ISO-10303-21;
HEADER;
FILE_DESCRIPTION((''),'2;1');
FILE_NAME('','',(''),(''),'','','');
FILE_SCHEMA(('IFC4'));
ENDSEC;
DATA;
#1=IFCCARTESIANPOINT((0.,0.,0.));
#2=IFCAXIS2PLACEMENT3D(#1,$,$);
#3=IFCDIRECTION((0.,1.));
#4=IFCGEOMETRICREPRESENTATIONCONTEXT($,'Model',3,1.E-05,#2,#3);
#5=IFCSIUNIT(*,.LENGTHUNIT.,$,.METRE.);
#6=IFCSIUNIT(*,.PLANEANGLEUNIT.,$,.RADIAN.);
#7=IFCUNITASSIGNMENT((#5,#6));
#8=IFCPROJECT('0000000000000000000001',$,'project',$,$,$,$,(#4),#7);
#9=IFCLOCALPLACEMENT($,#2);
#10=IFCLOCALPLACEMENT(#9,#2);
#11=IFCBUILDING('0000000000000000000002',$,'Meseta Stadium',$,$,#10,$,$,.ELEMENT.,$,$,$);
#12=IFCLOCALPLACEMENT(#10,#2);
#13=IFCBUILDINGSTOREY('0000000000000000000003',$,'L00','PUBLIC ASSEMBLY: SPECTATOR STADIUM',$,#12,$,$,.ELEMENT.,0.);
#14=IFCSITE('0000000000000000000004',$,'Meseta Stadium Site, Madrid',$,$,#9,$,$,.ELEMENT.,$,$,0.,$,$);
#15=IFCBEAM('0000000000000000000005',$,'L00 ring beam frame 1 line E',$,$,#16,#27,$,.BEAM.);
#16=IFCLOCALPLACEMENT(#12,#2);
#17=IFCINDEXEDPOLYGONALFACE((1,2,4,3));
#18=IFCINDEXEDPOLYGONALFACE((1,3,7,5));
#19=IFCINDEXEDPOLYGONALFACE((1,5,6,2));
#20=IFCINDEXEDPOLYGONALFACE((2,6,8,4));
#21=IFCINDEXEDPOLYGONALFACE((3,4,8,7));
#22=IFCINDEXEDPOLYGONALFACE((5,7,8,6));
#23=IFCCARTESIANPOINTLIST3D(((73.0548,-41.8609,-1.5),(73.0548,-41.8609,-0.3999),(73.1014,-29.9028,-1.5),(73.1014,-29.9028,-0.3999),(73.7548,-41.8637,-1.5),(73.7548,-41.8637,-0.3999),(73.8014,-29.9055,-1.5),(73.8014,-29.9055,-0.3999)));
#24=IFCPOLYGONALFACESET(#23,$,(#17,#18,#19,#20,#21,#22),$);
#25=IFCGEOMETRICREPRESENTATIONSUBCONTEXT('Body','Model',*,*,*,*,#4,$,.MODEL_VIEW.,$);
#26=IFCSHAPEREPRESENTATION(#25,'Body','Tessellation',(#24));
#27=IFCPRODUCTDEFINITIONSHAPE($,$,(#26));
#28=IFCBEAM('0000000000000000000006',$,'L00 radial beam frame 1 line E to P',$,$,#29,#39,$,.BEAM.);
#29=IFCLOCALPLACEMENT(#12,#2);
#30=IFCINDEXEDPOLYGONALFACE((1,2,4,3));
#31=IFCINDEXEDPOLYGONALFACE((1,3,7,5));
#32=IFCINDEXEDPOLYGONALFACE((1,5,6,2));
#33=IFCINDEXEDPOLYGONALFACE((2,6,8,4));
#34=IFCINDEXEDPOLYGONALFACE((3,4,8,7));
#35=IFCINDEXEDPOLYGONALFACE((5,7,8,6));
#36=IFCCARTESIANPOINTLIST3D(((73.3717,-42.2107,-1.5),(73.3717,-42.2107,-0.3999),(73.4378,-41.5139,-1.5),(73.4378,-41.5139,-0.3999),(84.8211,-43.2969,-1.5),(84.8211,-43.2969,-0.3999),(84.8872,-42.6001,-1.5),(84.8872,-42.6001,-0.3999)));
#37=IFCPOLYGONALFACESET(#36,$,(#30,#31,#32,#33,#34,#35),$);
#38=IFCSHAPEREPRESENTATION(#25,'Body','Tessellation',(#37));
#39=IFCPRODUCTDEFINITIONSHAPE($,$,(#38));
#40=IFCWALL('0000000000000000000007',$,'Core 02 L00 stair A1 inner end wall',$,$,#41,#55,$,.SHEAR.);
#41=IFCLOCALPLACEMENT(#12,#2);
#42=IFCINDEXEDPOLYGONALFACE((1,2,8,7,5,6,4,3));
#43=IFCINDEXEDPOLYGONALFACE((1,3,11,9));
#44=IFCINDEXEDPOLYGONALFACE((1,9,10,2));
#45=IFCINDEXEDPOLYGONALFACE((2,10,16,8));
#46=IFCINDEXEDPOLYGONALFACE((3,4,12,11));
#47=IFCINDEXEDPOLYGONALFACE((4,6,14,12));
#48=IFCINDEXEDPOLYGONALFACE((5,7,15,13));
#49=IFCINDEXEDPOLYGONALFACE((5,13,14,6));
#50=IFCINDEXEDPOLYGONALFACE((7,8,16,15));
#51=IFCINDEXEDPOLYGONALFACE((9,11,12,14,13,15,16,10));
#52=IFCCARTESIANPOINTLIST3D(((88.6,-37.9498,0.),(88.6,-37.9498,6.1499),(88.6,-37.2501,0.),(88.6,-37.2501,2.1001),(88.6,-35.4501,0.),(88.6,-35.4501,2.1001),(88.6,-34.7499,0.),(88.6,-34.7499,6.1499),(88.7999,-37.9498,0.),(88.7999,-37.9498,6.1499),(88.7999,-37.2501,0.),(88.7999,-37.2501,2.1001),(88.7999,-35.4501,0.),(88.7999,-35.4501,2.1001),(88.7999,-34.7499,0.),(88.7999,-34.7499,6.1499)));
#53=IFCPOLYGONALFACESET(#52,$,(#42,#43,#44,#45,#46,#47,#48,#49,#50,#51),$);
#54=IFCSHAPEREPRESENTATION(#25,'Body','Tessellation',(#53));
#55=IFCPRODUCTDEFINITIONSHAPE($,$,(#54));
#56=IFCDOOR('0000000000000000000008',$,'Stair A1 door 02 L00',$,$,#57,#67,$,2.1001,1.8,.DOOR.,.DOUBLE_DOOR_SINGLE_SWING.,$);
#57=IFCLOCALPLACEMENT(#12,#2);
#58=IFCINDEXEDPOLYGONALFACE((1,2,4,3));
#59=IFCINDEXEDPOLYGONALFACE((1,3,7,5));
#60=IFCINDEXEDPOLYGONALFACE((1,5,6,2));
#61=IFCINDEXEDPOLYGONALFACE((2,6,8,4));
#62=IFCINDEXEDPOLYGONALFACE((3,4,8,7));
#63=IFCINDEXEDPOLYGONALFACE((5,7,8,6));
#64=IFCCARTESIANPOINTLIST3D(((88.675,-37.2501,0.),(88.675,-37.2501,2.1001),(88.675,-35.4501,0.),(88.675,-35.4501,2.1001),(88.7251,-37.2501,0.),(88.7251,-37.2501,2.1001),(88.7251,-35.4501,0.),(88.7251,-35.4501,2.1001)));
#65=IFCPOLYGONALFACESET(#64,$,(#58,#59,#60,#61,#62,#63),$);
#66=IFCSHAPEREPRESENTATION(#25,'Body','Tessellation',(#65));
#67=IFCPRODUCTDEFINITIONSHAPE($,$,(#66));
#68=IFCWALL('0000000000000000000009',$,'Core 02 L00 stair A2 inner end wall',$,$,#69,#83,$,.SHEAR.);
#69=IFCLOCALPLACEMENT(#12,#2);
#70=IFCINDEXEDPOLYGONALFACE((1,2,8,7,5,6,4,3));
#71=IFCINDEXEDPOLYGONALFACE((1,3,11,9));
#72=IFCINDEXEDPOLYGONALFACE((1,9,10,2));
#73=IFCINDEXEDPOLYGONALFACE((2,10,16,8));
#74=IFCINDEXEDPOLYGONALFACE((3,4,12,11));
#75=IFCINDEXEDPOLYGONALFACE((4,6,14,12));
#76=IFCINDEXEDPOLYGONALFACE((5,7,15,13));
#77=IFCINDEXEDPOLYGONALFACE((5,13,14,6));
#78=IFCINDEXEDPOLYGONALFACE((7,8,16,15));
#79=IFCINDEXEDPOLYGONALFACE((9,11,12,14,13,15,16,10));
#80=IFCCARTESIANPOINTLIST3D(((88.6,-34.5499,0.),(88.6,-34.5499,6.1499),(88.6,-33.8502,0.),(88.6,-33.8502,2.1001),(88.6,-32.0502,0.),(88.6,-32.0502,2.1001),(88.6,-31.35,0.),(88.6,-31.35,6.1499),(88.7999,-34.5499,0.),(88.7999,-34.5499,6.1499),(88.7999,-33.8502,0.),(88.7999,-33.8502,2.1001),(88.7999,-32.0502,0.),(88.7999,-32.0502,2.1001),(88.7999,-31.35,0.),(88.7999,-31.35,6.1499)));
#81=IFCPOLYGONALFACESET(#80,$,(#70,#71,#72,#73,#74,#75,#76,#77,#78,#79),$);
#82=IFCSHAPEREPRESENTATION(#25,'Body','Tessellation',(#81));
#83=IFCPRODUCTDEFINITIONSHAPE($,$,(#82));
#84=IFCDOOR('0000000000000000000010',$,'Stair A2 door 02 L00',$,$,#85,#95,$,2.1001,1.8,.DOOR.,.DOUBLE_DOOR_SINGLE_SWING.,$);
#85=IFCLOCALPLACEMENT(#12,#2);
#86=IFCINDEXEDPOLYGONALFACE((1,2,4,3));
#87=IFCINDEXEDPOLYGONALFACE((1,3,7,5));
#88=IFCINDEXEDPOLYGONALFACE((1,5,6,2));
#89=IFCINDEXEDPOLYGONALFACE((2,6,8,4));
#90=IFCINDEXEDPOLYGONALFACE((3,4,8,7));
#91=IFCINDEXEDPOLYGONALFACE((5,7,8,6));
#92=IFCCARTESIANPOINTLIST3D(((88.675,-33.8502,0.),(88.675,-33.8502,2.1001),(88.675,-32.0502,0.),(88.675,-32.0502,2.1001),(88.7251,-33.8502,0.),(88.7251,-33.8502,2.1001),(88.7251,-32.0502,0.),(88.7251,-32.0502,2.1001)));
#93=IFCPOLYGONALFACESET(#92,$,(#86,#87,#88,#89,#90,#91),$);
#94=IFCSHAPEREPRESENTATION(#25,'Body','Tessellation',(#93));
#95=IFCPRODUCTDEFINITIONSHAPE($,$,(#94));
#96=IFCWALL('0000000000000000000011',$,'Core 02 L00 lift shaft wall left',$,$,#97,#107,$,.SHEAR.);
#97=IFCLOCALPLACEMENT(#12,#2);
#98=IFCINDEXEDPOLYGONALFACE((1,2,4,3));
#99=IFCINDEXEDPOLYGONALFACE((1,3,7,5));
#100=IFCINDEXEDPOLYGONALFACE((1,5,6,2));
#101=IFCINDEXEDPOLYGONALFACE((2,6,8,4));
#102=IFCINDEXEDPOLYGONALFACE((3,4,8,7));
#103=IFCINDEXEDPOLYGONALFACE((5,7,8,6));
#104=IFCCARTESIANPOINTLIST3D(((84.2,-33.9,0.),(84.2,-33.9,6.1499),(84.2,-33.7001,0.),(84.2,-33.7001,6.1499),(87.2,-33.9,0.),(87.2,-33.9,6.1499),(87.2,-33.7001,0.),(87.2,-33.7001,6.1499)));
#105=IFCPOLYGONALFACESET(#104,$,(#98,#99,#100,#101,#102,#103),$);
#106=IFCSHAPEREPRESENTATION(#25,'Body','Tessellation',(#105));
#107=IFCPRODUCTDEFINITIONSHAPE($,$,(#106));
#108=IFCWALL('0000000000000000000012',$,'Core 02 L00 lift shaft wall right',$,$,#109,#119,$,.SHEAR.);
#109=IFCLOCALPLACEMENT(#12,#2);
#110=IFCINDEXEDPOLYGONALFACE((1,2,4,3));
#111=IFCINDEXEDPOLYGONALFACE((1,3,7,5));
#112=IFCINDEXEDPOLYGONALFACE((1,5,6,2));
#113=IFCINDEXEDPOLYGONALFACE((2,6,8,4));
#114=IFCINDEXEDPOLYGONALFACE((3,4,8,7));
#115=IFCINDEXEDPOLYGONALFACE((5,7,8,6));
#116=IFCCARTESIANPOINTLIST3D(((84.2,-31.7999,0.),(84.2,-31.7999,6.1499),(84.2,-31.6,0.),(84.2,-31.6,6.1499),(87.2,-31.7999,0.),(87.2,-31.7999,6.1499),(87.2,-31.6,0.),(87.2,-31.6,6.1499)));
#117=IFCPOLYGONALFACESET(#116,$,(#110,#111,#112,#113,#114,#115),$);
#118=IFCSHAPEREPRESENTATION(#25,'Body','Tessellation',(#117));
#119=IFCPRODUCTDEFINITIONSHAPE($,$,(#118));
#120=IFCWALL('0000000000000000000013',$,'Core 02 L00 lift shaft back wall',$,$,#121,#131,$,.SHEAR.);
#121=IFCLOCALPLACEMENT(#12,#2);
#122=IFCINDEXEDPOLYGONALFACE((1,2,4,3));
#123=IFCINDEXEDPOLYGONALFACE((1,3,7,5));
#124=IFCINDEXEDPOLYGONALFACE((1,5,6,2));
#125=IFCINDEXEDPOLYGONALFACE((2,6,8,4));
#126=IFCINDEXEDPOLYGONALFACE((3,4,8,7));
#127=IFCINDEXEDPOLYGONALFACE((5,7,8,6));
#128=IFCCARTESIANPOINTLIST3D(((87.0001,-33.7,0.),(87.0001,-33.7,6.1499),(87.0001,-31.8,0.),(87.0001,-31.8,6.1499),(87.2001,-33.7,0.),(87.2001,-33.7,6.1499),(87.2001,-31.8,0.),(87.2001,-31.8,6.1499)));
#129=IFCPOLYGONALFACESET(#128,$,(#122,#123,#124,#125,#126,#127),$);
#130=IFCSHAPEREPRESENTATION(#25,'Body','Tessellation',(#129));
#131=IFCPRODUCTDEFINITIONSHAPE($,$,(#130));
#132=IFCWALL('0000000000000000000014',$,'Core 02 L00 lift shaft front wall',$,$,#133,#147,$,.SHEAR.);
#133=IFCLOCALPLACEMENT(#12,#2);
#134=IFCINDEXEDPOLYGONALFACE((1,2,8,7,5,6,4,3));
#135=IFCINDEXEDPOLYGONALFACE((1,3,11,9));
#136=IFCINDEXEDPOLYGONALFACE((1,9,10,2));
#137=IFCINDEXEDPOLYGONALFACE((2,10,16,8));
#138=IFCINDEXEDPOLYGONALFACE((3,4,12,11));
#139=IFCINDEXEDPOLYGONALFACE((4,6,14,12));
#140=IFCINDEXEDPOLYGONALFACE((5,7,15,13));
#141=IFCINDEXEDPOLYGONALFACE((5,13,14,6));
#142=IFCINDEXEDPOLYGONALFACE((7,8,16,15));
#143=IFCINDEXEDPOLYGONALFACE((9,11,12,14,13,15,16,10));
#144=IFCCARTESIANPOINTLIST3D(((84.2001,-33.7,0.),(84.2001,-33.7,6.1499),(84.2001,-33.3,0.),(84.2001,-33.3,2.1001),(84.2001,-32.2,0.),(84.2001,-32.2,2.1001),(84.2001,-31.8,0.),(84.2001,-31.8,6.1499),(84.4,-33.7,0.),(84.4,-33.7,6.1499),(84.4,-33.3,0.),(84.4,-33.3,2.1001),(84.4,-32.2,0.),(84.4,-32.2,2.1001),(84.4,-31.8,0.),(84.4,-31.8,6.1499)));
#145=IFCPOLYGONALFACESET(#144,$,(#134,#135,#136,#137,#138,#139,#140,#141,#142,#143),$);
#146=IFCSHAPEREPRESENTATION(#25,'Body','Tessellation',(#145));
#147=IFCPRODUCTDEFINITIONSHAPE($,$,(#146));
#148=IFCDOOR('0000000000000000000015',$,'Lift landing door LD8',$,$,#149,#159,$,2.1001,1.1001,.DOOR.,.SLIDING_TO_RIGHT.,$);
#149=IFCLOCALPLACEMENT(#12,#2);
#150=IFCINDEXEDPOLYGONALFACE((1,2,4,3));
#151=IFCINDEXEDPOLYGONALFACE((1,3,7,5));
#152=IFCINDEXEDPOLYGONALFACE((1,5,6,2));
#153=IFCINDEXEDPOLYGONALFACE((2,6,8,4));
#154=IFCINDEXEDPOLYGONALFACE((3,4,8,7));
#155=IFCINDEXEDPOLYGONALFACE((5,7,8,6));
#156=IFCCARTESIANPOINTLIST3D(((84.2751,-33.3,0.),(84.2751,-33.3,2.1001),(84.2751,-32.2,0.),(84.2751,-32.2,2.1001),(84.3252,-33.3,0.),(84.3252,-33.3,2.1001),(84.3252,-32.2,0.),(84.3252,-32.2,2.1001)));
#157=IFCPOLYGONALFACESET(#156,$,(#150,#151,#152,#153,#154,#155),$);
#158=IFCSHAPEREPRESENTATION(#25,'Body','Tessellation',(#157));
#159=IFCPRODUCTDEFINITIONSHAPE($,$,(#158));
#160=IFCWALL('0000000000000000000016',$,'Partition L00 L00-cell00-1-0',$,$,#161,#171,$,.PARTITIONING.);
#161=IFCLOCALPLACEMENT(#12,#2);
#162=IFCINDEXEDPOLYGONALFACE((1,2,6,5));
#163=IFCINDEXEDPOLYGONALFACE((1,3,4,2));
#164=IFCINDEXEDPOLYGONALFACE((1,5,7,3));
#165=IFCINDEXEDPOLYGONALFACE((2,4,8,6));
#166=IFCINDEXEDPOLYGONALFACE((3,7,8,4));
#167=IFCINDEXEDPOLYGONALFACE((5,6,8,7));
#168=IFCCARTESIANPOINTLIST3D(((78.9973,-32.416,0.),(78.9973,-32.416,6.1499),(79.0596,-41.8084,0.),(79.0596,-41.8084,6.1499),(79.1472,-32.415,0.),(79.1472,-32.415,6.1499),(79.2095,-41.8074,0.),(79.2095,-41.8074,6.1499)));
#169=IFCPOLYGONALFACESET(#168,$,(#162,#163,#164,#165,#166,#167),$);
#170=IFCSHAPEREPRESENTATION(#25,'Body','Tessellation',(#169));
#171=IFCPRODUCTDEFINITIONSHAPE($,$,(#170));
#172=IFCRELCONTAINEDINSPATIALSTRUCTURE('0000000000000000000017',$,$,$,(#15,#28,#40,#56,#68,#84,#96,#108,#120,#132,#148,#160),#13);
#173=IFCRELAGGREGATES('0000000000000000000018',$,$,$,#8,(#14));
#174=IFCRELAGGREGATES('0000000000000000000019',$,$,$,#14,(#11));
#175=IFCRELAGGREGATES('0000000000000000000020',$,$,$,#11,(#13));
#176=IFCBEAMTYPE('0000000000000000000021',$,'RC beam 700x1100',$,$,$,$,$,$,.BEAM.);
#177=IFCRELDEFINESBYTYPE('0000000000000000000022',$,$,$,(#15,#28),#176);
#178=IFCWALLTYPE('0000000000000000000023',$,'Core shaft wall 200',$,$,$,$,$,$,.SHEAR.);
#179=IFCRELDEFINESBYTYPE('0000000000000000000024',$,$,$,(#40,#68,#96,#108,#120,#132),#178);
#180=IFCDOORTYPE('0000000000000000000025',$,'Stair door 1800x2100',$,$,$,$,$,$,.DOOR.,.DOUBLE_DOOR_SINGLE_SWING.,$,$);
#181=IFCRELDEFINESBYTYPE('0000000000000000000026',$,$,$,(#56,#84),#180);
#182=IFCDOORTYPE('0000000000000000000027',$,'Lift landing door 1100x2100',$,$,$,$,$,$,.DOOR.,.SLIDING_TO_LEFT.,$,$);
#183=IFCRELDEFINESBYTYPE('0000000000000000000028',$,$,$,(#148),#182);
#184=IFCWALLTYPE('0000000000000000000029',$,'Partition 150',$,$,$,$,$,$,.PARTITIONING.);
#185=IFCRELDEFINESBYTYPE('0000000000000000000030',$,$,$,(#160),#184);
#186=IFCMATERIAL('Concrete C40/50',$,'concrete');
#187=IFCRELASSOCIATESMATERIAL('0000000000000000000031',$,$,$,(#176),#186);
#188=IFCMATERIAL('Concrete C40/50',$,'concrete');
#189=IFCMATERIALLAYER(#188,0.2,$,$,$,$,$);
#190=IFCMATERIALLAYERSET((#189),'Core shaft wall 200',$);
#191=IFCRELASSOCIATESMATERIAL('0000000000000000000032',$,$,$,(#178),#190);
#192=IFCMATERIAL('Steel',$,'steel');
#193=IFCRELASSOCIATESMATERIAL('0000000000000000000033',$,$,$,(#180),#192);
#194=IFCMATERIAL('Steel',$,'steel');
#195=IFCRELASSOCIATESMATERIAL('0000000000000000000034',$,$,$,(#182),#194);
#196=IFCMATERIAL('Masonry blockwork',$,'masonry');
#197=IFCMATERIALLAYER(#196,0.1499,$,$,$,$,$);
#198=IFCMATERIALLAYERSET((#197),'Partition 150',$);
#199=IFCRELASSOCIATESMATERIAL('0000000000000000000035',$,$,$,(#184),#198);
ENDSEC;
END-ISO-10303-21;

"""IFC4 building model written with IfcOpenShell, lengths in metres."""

from ifc_helpers import new_model, si_unit, direction, frame, frame_2d, origin, origin_2d, place, context, subcontext, project, spatial, rectangle, extrude, material, layer, layer_set, material_profile, profile_set, type_object, element, fill, save


model = new_model("IFC4")

# Units and contexts
model_context = context("Model", 3, precision=1e-05, world=origin(), true_north=direction((0.0, 1.0)))
body_context = subcontext(model_context, "Body", "Model", "MODEL_VIEW")
ifc_project = project(units=[si_unit("LENGTHUNIT", "METRE"), si_unit("PLANEANGLEUNIT", "RADIAN")], contexts=[model_context])

# Site, building, storey
site_placement = place(None, origin())
site = spatial("IfcSite", under=ifc_project, at=site_placement, Name="Meseta Stadium Site, Madrid", CompositionType="ELEMENT", RefElevation=0.0)
building_placement = place(site_placement, origin())
building = spatial("IfcBuilding", under=site, at=building_placement, Name="Meseta Stadium", CompositionType="ELEMENT")
storey_placement = place(building_placement, origin())
storey = spatial("IfcBuildingStorey", under=building, at=storey_placement, Name="L00", Description="PUBLIC ASSEMBLY: SPECTATOR STADIUM", CompositionType="ELEMENT", Elevation=0.0)

# Beams
ifc_material_1 = material(Name="Concrete C40/50", Category="concrete")
ifc_material_profile = material_profile(ifc_material_1, rectangle(XDim=0.7, YDim=1.1001, at=origin_2d()), Name="RC 700x1100")
ifc_profile_set = profile_set([ifc_material_profile], Name="Concrete C40/50")
beam_type = type_object("IfcBeamType", Name="RC beam 700x1100", PredefinedType="BEAM", material=ifc_profile_set)
beam_1_placement = place(storey_placement, frame((73.4048, -41.8623, -0.95), z_axis=(0.003899, 0.999992, 0.0), x_axis=(-0.999992, 0.003899, 0.0)))
element("IfcBeam", 1, at=beam_1_placement, inside=storey, type_object=beam_type, Name="L00 ring beam frame 1 line E", PredefinedType="BEAM", context=body_context, shape_type="SweptSolid", body=[
    extrude(rectangle(XDim=0.7, YDim=1.1001, at=origin_2d()), origin(), (0.0, 0.0, 1.0), 11.9583),
])
beam_2_placement = place(storey_placement, frame((73.4048, -41.8623, -0.95), z_axis=(0.99553, -0.094445, 0.0), x_axis=(0.094445, 0.99553, 0.0)))
element("IfcBeam", 2, at=beam_2_placement, inside=storey, type_object=beam_type, Name="L00 radial beam frame 1 line E to P", PredefinedType="BEAM", context=body_context, shape_type="SweptSolid", body=[
    extrude(rectangle(XDim=0.7, YDim=1.1001, at=origin_2d()), origin(), (0.0, 0.0, 1.0), 11.5007),
])

# Walls, openings, doors
ifc_material_2 = material(Name="Concrete C40/50", Category="concrete")
ifc_layer_1 = layer(ifc_material_2, 0.2)
ifc_layer_set_1 = layer_set([ifc_layer_1], Name="Core shaft wall 200")
wall_type_1 = type_object("IfcWallType", Name="Core shaft wall 200", PredefinedType="SHEAR", material=ifc_layer_set_1)
wall_1_placement = place(storey_placement, frame((88.7, -37.95, 0.0), z_axis=(0.0, 0.0, 1.0), x_axis=(0.0, 1.0, 0.0)))
wall_1 = element("IfcWall", 3, at=wall_1_placement, inside=storey, type_object=wall_type_1, Name="Core 02 L00 stair A1 inner end wall", PredefinedType="SHEAR", context=body_context, shape_type="SweptSolid", body=[
    extrude(rectangle(XDim=3.2, YDim=0.2, at=frame_2d((1.6001, 0.0))), origin(), (0.0, 0.0, 1.0), 6.1499),
])
opening_1_placement = place(wall_1_placement, frame((0.7, 0.0, 0.0)))
opening_1 = element("IfcOpeningElement", 4, at=opening_1_placement, cuts=wall_1, PredefinedType="OPENING", context=body_context, shape_type="SweptSolid", body=[
    extrude(rectangle(XDim=1.8, YDim=2.1001, at=frame_2d((0.8999, 1.05))), frame((0.0, 0.1099, 0.0), z_axis=(0.0, -1.0, 0.0), x_axis=(1.0, 0.0, 0.0)), (0.0, 0.0, 1.0), 0.22),
])
ifc_material_3 = material(Name="Steel", Category="steel")
door_type_1 = type_object("IfcDoorType", Name="Stair door 1800x2100", OperationType="DOUBLE_DOOR_SINGLE_SWING", PredefinedType="DOOR", material=ifc_material_3)
door_1_placement = place(opening_1_placement, origin())
door_1 = element("IfcDoor", 5, at=door_1_placement, inside=storey, type_object=door_type_1, Name="Stair A1 door 02 L00", OperationType="DOUBLE_DOOR_SINGLE_SWING", OverallHeight=2.1001, OverallWidth=1.8, PredefinedType="DOOR", context=body_context, shape_type="SweptSolid", body=[
    extrude(rectangle(XDim=1.8, YDim=2.1001, at=frame_2d((0.8999, 1.05))), frame((0.0, 0.0249, 0.0), z_axis=(0.0, -1.0, 0.0), x_axis=(1.0, 0.0, 0.0)), (0.0, 0.0, 1.0), 0.05),
])
fill(opening_1, door_1)
wall_2_placement = place(storey_placement, frame((88.7, -34.55, 0.0), z_axis=(0.0, 0.0, 1.0), x_axis=(0.0, 1.0, 0.0)))
wall_2 = element("IfcWall", 6, at=wall_2_placement, inside=storey, type_object=wall_type_1, Name="Core 02 L00 stair A2 inner end wall", PredefinedType="SHEAR", context=body_context, shape_type="SweptSolid", body=[
    extrude(rectangle(XDim=3.2, YDim=0.2, at=frame_2d((1.6001, 0.0))), origin(), (0.0, 0.0, 1.0), 6.1499),
])
opening_2_placement = place(wall_2_placement, frame((0.7, 0.0, 0.0)))
opening_2 = element("IfcOpeningElement", 7, at=opening_2_placement, cuts=wall_2, PredefinedType="OPENING", context=body_context, shape_type="SweptSolid", body=[
    extrude(rectangle(XDim=1.8, YDim=2.1001, at=frame_2d((0.8999, 1.05))), frame((0.0, 0.1099, 0.0), z_axis=(0.0, -1.0, 0.0), x_axis=(1.0, 0.0, 0.0)), (0.0, 0.0, 1.0), 0.22),
])
door_2_placement = place(opening_2_placement, origin())
door_2 = element("IfcDoor", 8, at=door_2_placement, inside=storey, type_object=door_type_1, Name="Stair A2 door 02 L00", OperationType="DOUBLE_DOOR_SINGLE_SWING", OverallHeight=2.1001, OverallWidth=1.8, PredefinedType="DOOR", context=body_context, shape_type="SweptSolid", body=[
    extrude(rectangle(XDim=1.8, YDim=2.1001, at=frame_2d((0.8999, 1.05))), frame((0.0, 0.0249, 0.0), z_axis=(0.0, -1.0, 0.0), x_axis=(1.0, 0.0, 0.0)), (0.0, 0.0, 1.0), 0.05),
])
fill(opening_2, door_2)

# Walls
for number, where, z_axis, x_axis, name in (
    (9, (87.2, -33.8, 0.0), (0.0, 0.0, 1.0), (-1.0, 0.0, 0.0), "Core 02 L00 lift shaft wall left"),
    (10, (87.2, -31.7, 0.0), (0.0, 0.0, 1.0), (-1.0, 0.0, 0.0), "Core 02 L00 lift shaft wall right"),
):
    element("IfcWall", number, at=place(storey_placement, frame(where, z_axis=z_axis, x_axis=x_axis)), inside=storey, type_object=wall_type_1, Name=name, PredefinedType="SHEAR", context=body_context, shape_type="SweptSolid", body=[
        extrude(rectangle(XDim=3.0, YDim=0.2, at=frame_2d((1.5, 0.0))), origin(), (0.0, 0.0, 1.0), 6.1499),
    ])
wall_3_placement = place(storey_placement, frame((87.1001, -33.7, 0.0), z_axis=(0.0, 0.0, 1.0), x_axis=(0.0, 1.0, 0.0)))
element("IfcWall", 11, at=wall_3_placement, inside=storey, type_object=wall_type_1, Name="Core 02 L00 lift shaft back wall", PredefinedType="SHEAR", context=body_context, shape_type="SweptSolid", body=[
    extrude(rectangle(XDim=1.8999, YDim=0.2, at=frame_2d((0.95, 0.0))), origin(), (0.0, 0.0, 1.0), 6.1499),
])

# Wall, opening, door
wall_4_placement = place(storey_placement, frame((84.3, -33.7, 0.0), z_axis=(0.0, 0.0, 1.0), x_axis=(0.0, 1.0, 0.0)))
wall_4 = element("IfcWall", 12, at=wall_4_placement, inside=storey, type_object=wall_type_1, Name="Core 02 L00 lift shaft front wall", PredefinedType="SHEAR", context=body_context, shape_type="SweptSolid", body=[
    extrude(rectangle(XDim=1.8999, YDim=0.2, at=frame_2d((0.95, 0.0))), origin(), (0.0, 0.0, 1.0), 6.1499),
])
opening_3_placement = place(wall_4_placement, frame((0.3999, 0.0, 0.0)))
opening_3 = element("IfcOpeningElement", 13, at=opening_3_placement, cuts=wall_4, PredefinedType="OPENING", context=body_context, shape_type="SweptSolid", body=[
    extrude(rectangle(XDim=1.1001, YDim=2.1001, at=frame_2d((0.55, 1.05))), frame((0.0, 0.1099, 0.0), z_axis=(0.0, -1.0, 0.0), x_axis=(1.0, 0.0, 0.0)), (0.0, 0.0, 1.0), 0.22),
])
ifc_material_4 = material(Name="Steel", Category="steel")
door_type_2 = type_object("IfcDoorType", Name="Lift landing door 1100x2100", OperationType="SLIDING_TO_LEFT", PredefinedType="DOOR", material=ifc_material_4)
door_3_placement = place(opening_3_placement, origin())
door_3 = element("IfcDoor", 14, at=door_3_placement, inside=storey, type_object=door_type_2, Name="Lift landing door LD8", OperationType="SLIDING_TO_RIGHT", OverallHeight=2.1001, OverallWidth=1.1001, PredefinedType="DOOR", context=body_context, shape_type="SweptSolid", body=[
    extrude(rectangle(XDim=1.1001, YDim=2.1001, at=frame_2d((0.55, 1.05))), frame((0.0, 0.0249, 0.0), z_axis=(0.0, -1.0, 0.0), x_axis=(1.0, 0.0, 0.0)), (0.0, 0.0, 1.0), 0.05),
])
fill(opening_3, door_3)

# Wall
ifc_material_5 = material(Name="Masonry blockwork", Category="masonry")
ifc_layer_2 = layer(ifc_material_5, 0.1499)
ifc_layer_set_2 = layer_set([ifc_layer_2], Name="Partition 150")
wall_type_2 = type_object("IfcWallType", Name="Partition 150", PredefinedType="PARTITIONING", material=ifc_layer_set_2)
wall_5_placement = place(storey_placement, frame((79.0723, -32.4155, 0.0), z_axis=(0.0, 0.0, 1.0), x_axis=(0.006628, -0.999978, 0.0)))
element("IfcWall", 15, at=wall_5_placement, inside=storey, type_object=wall_type_2, Name="Partition L00 L00-cell00-1-0", PredefinedType="PARTITIONING", context=body_context, shape_type="SweptSolid", body=[
    extrude(rectangle(XDim=9.3926, YDim=0.1499, at=frame_2d((4.6963, 0.0))), origin(), (0.0, 0.0, 1.0), 6.1499),
])

save(model, "model.ifc")
